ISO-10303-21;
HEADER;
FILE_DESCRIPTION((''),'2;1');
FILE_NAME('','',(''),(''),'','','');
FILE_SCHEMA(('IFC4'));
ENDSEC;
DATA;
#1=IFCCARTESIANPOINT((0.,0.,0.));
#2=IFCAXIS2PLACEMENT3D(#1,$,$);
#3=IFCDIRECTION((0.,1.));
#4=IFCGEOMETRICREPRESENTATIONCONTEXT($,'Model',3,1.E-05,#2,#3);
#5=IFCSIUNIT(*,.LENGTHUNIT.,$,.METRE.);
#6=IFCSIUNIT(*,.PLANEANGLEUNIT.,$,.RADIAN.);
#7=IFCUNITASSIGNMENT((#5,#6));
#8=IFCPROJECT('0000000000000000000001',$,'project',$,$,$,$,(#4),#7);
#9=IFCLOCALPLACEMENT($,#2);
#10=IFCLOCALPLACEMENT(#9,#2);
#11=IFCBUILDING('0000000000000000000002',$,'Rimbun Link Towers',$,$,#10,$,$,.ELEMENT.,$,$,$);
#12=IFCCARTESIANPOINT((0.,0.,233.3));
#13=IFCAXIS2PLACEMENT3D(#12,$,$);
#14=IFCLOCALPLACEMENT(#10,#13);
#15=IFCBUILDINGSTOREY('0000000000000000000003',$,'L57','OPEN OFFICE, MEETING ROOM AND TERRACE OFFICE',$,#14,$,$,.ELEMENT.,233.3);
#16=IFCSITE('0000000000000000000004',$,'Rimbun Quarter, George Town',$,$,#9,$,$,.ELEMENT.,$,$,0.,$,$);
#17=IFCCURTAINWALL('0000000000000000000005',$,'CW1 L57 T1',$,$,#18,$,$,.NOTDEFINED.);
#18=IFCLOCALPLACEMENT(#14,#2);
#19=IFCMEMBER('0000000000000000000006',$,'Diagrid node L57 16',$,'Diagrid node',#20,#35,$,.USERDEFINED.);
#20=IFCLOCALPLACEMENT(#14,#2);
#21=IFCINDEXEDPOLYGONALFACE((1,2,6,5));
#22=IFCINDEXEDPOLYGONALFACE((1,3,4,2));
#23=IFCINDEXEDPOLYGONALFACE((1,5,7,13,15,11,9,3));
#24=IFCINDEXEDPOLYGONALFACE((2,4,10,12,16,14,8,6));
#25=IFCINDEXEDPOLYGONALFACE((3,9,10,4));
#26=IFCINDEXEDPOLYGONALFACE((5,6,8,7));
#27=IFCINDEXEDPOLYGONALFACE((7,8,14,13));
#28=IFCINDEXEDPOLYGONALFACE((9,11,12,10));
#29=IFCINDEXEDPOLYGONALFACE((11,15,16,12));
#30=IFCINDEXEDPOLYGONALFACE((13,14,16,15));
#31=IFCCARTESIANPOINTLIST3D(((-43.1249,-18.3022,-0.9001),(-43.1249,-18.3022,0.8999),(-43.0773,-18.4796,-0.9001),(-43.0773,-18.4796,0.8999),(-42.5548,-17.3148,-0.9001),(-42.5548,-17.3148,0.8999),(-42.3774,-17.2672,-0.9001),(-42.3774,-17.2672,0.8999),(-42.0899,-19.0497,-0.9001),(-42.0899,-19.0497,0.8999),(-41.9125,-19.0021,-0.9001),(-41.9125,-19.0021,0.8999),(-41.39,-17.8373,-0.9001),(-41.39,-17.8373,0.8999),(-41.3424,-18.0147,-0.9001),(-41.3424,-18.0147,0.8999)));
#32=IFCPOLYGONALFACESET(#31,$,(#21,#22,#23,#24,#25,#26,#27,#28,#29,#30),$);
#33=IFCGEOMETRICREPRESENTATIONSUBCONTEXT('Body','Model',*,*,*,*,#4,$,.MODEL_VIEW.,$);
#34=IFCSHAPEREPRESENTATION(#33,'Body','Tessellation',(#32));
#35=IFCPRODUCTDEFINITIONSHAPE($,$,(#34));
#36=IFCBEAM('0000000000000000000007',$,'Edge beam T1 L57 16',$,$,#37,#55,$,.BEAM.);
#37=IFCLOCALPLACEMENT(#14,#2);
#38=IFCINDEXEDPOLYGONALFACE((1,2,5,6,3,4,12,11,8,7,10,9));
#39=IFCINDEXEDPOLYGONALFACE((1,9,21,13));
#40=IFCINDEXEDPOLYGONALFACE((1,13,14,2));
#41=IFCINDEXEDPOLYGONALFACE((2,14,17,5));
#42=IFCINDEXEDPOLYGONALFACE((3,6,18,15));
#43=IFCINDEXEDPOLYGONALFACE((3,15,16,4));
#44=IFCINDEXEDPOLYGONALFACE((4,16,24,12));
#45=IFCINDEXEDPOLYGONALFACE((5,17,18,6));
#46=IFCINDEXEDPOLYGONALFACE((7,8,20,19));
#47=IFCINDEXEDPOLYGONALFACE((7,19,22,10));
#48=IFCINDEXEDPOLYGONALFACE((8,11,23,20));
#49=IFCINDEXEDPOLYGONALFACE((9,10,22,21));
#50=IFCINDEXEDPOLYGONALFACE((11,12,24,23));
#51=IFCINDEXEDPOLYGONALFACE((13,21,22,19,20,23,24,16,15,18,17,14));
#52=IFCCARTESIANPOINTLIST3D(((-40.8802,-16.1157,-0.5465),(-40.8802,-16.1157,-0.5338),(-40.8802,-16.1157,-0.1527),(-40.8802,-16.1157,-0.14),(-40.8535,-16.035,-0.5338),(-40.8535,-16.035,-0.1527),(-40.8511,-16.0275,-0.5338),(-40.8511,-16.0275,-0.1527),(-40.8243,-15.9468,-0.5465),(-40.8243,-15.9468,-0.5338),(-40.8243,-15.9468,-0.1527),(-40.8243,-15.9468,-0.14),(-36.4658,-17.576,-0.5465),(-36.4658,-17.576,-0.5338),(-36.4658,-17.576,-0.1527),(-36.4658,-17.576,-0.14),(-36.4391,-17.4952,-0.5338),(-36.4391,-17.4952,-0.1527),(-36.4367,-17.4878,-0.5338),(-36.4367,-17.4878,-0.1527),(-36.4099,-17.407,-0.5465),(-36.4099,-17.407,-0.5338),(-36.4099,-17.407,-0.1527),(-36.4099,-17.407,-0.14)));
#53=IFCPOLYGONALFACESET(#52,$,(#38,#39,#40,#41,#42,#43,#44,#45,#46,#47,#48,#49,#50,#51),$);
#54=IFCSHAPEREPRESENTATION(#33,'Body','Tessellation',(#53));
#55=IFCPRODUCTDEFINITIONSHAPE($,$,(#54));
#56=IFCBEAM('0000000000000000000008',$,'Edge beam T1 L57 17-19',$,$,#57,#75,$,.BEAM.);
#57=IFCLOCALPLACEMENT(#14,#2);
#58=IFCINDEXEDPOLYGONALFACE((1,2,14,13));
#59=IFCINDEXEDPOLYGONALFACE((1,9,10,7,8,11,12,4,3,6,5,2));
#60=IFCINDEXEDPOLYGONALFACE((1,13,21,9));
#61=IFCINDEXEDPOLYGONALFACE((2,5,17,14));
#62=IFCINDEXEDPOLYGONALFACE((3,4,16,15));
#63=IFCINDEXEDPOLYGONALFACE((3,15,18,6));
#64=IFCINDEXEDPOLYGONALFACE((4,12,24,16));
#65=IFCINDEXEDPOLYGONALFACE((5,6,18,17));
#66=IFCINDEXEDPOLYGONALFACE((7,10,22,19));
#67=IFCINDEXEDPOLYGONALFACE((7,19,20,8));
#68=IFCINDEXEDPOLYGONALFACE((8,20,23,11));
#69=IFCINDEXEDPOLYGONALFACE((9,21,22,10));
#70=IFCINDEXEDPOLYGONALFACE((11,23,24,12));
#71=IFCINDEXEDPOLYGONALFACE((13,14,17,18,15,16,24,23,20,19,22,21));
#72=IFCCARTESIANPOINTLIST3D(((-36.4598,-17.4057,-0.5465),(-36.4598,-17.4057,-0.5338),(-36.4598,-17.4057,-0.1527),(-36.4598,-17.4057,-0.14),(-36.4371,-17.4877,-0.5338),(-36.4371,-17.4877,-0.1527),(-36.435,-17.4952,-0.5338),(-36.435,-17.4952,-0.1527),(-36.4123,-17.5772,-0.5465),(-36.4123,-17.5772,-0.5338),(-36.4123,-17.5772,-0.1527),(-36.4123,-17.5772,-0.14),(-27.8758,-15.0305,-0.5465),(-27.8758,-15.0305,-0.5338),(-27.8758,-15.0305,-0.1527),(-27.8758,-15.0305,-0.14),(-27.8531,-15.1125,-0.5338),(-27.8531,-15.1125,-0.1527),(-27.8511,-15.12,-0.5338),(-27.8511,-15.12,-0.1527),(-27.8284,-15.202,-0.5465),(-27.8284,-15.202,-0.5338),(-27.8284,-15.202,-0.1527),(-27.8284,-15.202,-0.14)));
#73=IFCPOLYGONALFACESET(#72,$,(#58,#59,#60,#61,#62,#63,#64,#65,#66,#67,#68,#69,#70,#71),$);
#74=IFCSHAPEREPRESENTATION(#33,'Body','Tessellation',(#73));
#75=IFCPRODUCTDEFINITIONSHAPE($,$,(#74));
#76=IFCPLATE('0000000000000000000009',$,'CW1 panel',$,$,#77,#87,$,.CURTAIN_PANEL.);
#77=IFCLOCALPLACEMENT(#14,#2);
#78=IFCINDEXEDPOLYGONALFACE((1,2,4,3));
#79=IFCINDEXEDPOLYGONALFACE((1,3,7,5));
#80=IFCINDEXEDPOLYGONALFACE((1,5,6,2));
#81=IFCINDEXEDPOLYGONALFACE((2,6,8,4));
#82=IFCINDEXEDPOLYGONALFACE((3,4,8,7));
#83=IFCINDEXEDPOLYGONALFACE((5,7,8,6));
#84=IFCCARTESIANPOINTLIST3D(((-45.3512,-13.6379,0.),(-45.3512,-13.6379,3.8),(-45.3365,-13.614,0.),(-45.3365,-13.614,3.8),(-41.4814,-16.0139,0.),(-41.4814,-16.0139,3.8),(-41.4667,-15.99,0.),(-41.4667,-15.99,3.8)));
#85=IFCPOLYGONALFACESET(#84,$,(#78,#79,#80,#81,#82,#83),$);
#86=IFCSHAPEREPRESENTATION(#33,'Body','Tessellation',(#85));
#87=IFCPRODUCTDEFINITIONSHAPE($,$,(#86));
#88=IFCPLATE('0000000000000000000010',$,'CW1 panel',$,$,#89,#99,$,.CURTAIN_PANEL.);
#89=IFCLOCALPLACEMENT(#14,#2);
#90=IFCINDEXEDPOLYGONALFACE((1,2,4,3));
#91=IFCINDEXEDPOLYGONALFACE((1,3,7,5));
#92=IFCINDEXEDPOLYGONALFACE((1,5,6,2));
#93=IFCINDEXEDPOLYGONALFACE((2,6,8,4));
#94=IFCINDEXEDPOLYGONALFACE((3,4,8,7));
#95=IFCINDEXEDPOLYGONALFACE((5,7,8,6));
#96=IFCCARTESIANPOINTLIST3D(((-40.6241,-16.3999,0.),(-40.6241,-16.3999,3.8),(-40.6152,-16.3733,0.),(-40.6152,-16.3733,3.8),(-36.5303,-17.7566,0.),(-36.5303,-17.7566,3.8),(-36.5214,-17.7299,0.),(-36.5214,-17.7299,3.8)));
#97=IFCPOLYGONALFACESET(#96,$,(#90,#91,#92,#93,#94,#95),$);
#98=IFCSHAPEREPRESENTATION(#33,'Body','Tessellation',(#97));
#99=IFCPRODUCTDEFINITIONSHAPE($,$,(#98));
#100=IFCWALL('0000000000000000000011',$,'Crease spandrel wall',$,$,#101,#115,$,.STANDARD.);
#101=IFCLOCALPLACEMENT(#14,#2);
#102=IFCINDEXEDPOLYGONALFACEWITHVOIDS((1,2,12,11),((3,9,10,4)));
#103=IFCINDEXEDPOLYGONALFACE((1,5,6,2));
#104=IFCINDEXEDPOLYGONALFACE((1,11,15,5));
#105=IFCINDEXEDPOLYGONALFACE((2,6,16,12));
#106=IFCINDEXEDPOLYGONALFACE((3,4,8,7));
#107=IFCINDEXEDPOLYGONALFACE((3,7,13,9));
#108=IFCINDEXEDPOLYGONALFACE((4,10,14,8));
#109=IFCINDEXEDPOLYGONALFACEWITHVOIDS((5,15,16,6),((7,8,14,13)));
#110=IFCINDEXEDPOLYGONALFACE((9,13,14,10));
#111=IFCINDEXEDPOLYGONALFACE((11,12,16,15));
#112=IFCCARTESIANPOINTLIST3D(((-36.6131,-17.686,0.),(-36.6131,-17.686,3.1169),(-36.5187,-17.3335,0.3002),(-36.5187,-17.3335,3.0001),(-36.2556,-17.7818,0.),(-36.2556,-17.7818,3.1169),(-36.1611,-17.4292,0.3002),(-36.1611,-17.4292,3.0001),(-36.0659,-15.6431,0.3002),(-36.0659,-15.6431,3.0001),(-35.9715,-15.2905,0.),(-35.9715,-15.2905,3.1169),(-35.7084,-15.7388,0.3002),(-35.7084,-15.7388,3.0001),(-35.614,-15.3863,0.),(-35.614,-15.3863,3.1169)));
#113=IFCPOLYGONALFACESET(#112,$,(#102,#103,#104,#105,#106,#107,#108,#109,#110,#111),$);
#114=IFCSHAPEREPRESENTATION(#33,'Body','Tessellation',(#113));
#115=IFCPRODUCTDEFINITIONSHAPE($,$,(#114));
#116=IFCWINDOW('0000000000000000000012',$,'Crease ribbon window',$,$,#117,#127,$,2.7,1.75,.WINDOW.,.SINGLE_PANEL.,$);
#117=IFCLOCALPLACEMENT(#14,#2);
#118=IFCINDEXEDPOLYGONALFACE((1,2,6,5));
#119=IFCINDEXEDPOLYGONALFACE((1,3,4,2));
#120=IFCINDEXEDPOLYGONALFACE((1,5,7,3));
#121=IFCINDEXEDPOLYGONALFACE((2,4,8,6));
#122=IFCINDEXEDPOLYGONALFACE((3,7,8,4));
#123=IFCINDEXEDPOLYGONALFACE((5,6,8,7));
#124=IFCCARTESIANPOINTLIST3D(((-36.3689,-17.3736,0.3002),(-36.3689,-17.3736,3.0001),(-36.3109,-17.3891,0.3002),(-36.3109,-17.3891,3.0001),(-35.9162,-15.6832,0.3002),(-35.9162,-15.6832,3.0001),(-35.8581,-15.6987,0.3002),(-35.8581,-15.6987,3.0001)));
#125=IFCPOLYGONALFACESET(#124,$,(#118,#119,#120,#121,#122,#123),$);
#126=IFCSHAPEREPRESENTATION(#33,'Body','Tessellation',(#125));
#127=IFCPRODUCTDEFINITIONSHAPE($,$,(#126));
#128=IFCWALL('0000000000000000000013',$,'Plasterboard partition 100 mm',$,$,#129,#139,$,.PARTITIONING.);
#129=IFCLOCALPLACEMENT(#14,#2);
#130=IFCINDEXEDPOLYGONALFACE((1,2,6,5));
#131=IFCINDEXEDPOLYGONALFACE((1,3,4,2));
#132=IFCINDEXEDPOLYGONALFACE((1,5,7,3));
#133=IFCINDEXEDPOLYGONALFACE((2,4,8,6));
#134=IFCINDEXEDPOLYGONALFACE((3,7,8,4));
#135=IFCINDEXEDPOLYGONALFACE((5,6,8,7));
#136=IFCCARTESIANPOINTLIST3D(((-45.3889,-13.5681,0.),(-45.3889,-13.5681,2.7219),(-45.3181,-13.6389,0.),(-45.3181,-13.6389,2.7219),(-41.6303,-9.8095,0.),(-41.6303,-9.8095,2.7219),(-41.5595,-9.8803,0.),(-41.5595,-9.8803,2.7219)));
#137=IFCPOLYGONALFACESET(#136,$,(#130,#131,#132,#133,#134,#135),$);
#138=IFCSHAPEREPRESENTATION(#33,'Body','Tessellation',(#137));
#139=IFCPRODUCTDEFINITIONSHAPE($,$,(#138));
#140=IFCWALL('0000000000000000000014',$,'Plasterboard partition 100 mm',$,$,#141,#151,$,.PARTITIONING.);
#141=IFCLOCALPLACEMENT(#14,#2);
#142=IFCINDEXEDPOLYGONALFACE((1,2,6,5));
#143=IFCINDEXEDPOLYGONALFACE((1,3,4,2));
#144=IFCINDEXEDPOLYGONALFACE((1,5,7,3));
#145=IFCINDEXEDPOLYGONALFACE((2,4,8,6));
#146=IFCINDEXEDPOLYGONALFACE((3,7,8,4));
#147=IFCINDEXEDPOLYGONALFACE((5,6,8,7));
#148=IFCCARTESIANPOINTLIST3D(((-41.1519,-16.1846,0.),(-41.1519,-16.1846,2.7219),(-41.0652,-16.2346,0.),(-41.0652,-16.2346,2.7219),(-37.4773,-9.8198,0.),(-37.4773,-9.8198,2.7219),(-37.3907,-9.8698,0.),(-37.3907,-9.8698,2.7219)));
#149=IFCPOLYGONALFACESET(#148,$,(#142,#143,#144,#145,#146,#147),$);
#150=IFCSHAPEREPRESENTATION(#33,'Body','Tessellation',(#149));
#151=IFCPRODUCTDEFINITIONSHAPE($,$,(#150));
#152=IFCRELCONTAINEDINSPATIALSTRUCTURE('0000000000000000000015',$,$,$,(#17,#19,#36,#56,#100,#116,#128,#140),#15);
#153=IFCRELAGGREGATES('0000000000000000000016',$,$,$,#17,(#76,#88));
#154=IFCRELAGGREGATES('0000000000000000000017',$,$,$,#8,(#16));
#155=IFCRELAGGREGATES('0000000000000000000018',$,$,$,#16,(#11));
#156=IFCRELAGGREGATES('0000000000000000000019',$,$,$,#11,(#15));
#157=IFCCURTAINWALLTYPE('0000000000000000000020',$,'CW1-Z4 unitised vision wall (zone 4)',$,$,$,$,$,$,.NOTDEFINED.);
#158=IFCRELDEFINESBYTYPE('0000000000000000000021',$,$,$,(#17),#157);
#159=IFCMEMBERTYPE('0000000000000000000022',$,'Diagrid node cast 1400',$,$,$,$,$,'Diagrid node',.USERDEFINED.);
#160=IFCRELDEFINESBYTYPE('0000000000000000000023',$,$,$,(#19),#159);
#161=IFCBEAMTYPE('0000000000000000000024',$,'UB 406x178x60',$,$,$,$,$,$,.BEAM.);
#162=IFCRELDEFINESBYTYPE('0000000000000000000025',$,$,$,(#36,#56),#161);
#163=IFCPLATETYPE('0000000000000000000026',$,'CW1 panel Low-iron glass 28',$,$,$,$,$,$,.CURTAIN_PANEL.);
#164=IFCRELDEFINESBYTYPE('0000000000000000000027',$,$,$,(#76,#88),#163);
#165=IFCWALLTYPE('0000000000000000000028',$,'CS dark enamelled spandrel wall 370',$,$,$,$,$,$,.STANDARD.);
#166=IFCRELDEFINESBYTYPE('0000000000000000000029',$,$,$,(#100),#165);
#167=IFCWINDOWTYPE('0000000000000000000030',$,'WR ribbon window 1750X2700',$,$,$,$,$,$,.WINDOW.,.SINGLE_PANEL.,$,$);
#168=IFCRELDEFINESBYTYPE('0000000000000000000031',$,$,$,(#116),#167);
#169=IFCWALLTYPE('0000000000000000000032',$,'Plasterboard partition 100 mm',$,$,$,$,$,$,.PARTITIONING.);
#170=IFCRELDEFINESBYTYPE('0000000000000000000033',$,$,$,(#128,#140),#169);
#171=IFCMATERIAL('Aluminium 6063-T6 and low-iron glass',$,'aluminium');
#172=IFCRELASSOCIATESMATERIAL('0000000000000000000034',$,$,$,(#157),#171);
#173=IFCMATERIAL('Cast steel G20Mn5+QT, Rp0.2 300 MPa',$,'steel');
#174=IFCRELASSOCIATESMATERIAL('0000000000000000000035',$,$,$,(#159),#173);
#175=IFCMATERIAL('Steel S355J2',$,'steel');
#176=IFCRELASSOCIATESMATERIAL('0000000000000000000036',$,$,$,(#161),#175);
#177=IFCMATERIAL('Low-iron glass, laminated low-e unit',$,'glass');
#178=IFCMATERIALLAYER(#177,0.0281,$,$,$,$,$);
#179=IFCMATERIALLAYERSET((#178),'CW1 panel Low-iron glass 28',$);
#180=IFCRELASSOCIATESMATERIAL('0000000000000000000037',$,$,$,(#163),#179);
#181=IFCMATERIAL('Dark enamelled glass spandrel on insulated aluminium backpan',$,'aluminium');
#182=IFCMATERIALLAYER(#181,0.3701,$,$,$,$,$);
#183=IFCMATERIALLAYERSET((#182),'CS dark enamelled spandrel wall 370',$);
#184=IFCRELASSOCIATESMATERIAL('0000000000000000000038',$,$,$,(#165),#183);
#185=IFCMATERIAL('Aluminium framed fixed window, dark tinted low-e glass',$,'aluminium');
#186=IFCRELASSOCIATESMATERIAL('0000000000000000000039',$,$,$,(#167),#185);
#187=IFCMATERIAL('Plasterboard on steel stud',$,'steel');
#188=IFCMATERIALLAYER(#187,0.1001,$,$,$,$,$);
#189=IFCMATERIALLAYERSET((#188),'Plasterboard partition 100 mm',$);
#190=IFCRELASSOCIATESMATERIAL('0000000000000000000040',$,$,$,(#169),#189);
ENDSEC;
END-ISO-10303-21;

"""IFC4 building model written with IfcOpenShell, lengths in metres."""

from ifc_helpers import new_model, si_unit, direction, frame, frame_2d, origin, origin_2d, place, context, subcontext, project, spatial, polyline, rectangle, i_section, outline, extrude, material, layer, layer_set, material_profile, profile_set, type_object, element, fill, aggregate, save


model = new_model("IFC4")

# Units and contexts
model_context = context("Model", 3, precision=1e-05, world=origin(), true_north=direction((0.0, 1.0)))
body_context = subcontext(model_context, "Body", "Model", "MODEL_VIEW")
ifc_project = project(units=[si_unit("LENGTHUNIT", "METRE"), si_unit("PLANEANGLEUNIT", "RADIAN")], contexts=[model_context])

# Site, building, storey
site_placement = place(None, origin())
site = spatial("IfcSite", under=ifc_project, at=site_placement, Name="Rimbun Quarter, George Town", CompositionType="ELEMENT", RefElevation=0.0)
building_placement = place(site_placement, origin())
building = spatial("IfcBuilding", under=site, at=building_placement, Name="Rimbun Link Towers", CompositionType="ELEMENT")
storey_placement = place(building_placement, frame((0.0, 0.0, 233.3)))
storey = spatial("IfcBuildingStorey", under=building, at=storey_placement, Name="L57", Description="OPEN OFFICE, MEETING ROOM AND TERRACE OFFICE", CompositionType="ELEMENT", Elevation=233.3)

# Curtain wall
ifc_material_1 = material(Name="Aluminium 6063-T6 and low-iron glass", Category="aluminium")
curtain_wall_type = type_object("IfcCurtainWallType", Name="CW1-Z4 unitised vision wall (zone 4)", PredefinedType="NOTDEFINED", material=ifc_material_1)
curtain_wall_placement = place(storey_placement, origin())
curtain_wall = element("IfcCurtainWall", 1, at=curtain_wall_placement, inside=storey, type_object=curtain_wall_type, Name="CW1 L57 T1", PredefinedType="NOTDEFINED")

# Member
ifc_material_2 = material(Name="Cast steel G20Mn5+QT, Rp0.2 300 MPa", Category="steel")
ifc_material_profile_1 = material_profile(ifc_material_2, outline(polyline([(0.7, -0.5701), (0.7, 0.5701), (0.5701, 0.7), (-0.5701, 0.7), (-0.7, 0.5701), (-0.7, -0.5701), (-0.5701, -0.7), (0.5701, -0.7), (0.7, -0.5701)])), Name="NODE 1400x1400")
ifc_profile_set_1 = profile_set([ifc_material_profile_1], Name="Cast steel G20Mn5+QT, Rp0.2 300 MPa")
member_type_1 = type_object("IfcMemberType", Name="Diagrid node cast 1400", ElementType="Diagrid node", PredefinedType="USERDEFINED", material=ifc_profile_set_1)
member_1_placement = place(storey_placement, frame((-42.2336, -18.1584, -0.9001), z_axis=(0.0, 0.0, 1.0), x_axis=(-0.5, -0.866025, 0.0)))
element("IfcMember", 2, at=member_1_placement, inside=storey, type_object=member_type_1, Name="Diagrid node L57 16", ObjectType="Diagrid node", PredefinedType="USERDEFINED", context=body_context, shape_type="SweptSolid", body=[
    extrude(outline(polyline([(0.7, -0.5701), (0.7, 0.5701), (0.5701, 0.7), (-0.5701, 0.7), (-0.7, 0.5701), (-0.7, -0.5701), (-0.5701, -0.7), (0.5701, -0.7), (0.7, -0.5701)])), origin(), (0.0, 0.0, 1.0), 1.8),
])

# Beams
ifc_material_3 = material(Name="Steel S355J2", Category="steel")
ifc_material_profile_2 = material_profile(ifc_material_3, i_section(OverallWidth=0.178, OverallDepth=0.4065, WebThickness=0.0078, FlangeThickness=0.0127, at=origin_2d()), Name="UB 406x178x60")
ifc_profile_set_2 = profile_set([ifc_material_profile_2], Name="Steel S355J2")
beam_type = type_object("IfcBeamType", Name="UB 406x178x60", PredefinedType="BEAM", material=ifc_profile_set_2)
beam_1_placement = place(storey_placement, frame((-40.8523, -16.0312, -0.3433), z_axis=(0.949405, -0.314053, 0.0), x_axis=(0.314053, 0.949405, 0.0)))
element("IfcBeam", 3, at=beam_1_placement, inside=storey, type_object=beam_type, Name="Edge beam T1 L57 16", PredefinedType="BEAM", context=body_context, shape_type="SweptSolid", body=[
    extrude(i_section(OverallWidth=0.178, OverallDepth=0.4065, WebThickness=0.0078, FlangeThickness=0.0127, at=origin_2d()), origin(), (0.0, 0.0, 1.0), 4.6497),
])
beam_2_placement = place(storey_placement, frame((-36.436, -17.4915, -0.3433), z_axis=(0.963784, 0.266685, 0.0), x_axis=(-0.266685, 0.963784, 0.0)))
element("IfcBeam", 4, at=beam_2_placement, inside=storey, type_object=beam_type, Name="Edge beam T1 L57 17-19", PredefinedType="BEAM", context=body_context, shape_type="SweptSolid", body=[
    extrude(i_section(OverallWidth=0.178, OverallDepth=0.4065, WebThickness=0.0078, FlangeThickness=0.0127, at=origin_2d()), origin(), (0.0, 0.0, 1.0), 8.9065),
])

# Plates
ifc_material_4 = material(Name="Low-iron glass, laminated low-e unit", Category="glass")
ifc_layer_1 = layer(ifc_material_4, 0.0281)
ifc_layer_set_1 = layer_set([ifc_layer_1], Name="CW1 panel Low-iron glass 28")
plate_type = type_object("IfcPlateType", Name="CW1 panel Low-iron glass 28", PredefinedType="CURTAIN_PANEL", material=ifc_layer_set_1)
plate_1_placement = place(storey_placement, frame((-43.4089, -14.814, 0.0), z_axis=(0.0, 0.0, 1.0), x_axis=(-0.852185, 0.52324, 0.0)))
plate_1 = element("IfcPlate", 5, at=plate_1_placement, type_object=plate_type, Name="CW1 panel", PredefinedType="CURTAIN_PANEL", context=body_context, shape_type="SweptSolid", body=[
    extrude(rectangle(XDim=4.541, YDim=0.0281, at=origin_2d()), origin(), (0.0, 0.0, 1.0), 3.8),
])
plate_2_placement = place(storey_placement, frame((-38.5728, -17.0649, 0.0), z_axis=(0.0, 0.0, 1.0), x_axis=(-0.949234, 0.31457, 0.0)))
plate_2 = element("IfcPlate", 6, at=plate_2_placement, type_object=plate_type, Name="CW1 panel", PredefinedType="CURTAIN_PANEL", context=body_context, shape_type="SweptSolid", body=[
    extrude(rectangle(XDim=4.3127, YDim=0.0281, at=origin_2d()), origin(), (0.0, 0.0, 1.0), 3.8),
])
aggregate(curtain_wall, [plate_1, plate_2])

# Wall, opening, window
ifc_material_5 = material(Name="Dark enamelled glass spandrel on insulated aluminium backpan", Category="aluminium")
ifc_layer_2 = layer(ifc_material_5, 0.3701)
ifc_layer_set_2 = layer_set([ifc_layer_2], Name="CS dark enamelled spandrel wall 370")
wall_type_1 = type_object("IfcWallType", Name="CS dark enamelled spandrel wall 370", PredefinedType="STANDARD", material=ifc_layer_set_2)
wall_1_placement = place(storey_placement, frame((-35.7927, -15.3384, 0.0), z_axis=(0.0, 0.0, 1.0), x_axis=(-0.258716, -0.965953, 0.0)))
wall_1 = element("IfcWall", 7, at=wall_1_placement, inside=storey, type_object=wall_type_1, Name="Crease spandrel wall", PredefinedType="STANDARD", context=body_context, shape_type="SweptSolid", body=[
    extrude(rectangle(XDim=2.48, YDim=0.3701, at=frame_2d((1.24, 0.0))), origin(), (0.0, 0.0, 1.0), 3.1169),
])
opening_placement = place(wall_1_placement, frame((0.365, 0.0, 0.3)))
opening = element("IfcOpeningElement", 8, at=opening_placement, cuts=wall_1, PredefinedType="OPENING", context=body_context, shape_type="SweptSolid", body=[
    extrude(rectangle(XDim=1.75, YDim=2.7, at=frame_2d((0.875, 1.3501))), frame((0.0, 0.1951, 0.0), z_axis=(0.0, -1.0, 0.0), x_axis=(1.0, 0.0, 0.0)), (0.0, 0.0, 1.0), 0.3901),
])
ifc_material_6 = material(Name="Aluminium framed fixed window, dark tinted low-e glass", Category="aluminium")
window_type = type_object("IfcWindowType", Name="WR ribbon window 1750X2700", PartitioningType="SINGLE_PANEL", PredefinedType="WINDOW", material=ifc_material_6)
window_placement = place(opening_placement, origin())
window = element("IfcWindow", 9, at=window_placement, inside=storey, type_object=window_type, Name="Crease ribbon window", OverallHeight=2.7, OverallWidth=1.75, PartitioningType="SINGLE_PANEL", PredefinedType="WINDOW", context=body_context, shape_type="SweptSolid", body=[
    extrude(rectangle(XDim=1.75, YDim=2.7, at=frame_2d((0.875, 1.3501))), frame((0.0, 0.03, 0.0), z_axis=(0.0, -1.0, 0.0), x_axis=(1.0, 0.0, 0.0)), (0.0, 0.0, 1.0), 0.0601),
])
fill(opening, window)

# Walls
ifc_material_7 = material(Name="Plasterboard on steel stud", Category="steel")
ifc_layer_3 = layer(ifc_material_7, 0.1001)
ifc_layer_set_3 = layer_set([ifc_layer_3], Name="Plasterboard partition 100 mm")
wall_type_2 = type_object("IfcWallType", Name="Plasterboard partition 100 mm", PredefinedType="PARTITIONING", material=ifc_layer_set_3)
wall_2_placement = place(storey_placement, frame((-45.3535, -13.6035, 0.0), z_axis=(0.0, 0.0, 1.0), x_axis=(0.707107, 0.707107, 0.0)))
element("IfcWall", 10, at=wall_2_placement, inside=storey, type_object=wall_type_2, Name="Plasterboard partition 100 mm", PredefinedType="PARTITIONING", context=body_context, shape_type="SweptSolid", body=[
    extrude(rectangle(XDim=5.3154, YDim=0.1001, at=frame_2d((2.6577, 0.0))), origin(), (0.0, 0.0, 1.0), 2.7219),
])
wall_3_placement = place(storey_placement, frame((-41.1086, -16.2097, 0.0), z_axis=(0.0, 0.0, 1.0), x_axis=(0.499987, 0.866033, 0.0)))
element("IfcWall", 11, at=wall_3_placement, inside=storey, type_object=wall_type_2, Name="Plasterboard partition 100 mm", PredefinedType="PARTITIONING", context=body_context, shape_type="SweptSolid", body=[
    extrude(rectangle(XDim=7.3494, YDim=0.1001, at=frame_2d((3.6748, 0.0))), origin(), (0.0, 0.0, 1.0), 2.7219),
])

save(model, "model.ifc")
